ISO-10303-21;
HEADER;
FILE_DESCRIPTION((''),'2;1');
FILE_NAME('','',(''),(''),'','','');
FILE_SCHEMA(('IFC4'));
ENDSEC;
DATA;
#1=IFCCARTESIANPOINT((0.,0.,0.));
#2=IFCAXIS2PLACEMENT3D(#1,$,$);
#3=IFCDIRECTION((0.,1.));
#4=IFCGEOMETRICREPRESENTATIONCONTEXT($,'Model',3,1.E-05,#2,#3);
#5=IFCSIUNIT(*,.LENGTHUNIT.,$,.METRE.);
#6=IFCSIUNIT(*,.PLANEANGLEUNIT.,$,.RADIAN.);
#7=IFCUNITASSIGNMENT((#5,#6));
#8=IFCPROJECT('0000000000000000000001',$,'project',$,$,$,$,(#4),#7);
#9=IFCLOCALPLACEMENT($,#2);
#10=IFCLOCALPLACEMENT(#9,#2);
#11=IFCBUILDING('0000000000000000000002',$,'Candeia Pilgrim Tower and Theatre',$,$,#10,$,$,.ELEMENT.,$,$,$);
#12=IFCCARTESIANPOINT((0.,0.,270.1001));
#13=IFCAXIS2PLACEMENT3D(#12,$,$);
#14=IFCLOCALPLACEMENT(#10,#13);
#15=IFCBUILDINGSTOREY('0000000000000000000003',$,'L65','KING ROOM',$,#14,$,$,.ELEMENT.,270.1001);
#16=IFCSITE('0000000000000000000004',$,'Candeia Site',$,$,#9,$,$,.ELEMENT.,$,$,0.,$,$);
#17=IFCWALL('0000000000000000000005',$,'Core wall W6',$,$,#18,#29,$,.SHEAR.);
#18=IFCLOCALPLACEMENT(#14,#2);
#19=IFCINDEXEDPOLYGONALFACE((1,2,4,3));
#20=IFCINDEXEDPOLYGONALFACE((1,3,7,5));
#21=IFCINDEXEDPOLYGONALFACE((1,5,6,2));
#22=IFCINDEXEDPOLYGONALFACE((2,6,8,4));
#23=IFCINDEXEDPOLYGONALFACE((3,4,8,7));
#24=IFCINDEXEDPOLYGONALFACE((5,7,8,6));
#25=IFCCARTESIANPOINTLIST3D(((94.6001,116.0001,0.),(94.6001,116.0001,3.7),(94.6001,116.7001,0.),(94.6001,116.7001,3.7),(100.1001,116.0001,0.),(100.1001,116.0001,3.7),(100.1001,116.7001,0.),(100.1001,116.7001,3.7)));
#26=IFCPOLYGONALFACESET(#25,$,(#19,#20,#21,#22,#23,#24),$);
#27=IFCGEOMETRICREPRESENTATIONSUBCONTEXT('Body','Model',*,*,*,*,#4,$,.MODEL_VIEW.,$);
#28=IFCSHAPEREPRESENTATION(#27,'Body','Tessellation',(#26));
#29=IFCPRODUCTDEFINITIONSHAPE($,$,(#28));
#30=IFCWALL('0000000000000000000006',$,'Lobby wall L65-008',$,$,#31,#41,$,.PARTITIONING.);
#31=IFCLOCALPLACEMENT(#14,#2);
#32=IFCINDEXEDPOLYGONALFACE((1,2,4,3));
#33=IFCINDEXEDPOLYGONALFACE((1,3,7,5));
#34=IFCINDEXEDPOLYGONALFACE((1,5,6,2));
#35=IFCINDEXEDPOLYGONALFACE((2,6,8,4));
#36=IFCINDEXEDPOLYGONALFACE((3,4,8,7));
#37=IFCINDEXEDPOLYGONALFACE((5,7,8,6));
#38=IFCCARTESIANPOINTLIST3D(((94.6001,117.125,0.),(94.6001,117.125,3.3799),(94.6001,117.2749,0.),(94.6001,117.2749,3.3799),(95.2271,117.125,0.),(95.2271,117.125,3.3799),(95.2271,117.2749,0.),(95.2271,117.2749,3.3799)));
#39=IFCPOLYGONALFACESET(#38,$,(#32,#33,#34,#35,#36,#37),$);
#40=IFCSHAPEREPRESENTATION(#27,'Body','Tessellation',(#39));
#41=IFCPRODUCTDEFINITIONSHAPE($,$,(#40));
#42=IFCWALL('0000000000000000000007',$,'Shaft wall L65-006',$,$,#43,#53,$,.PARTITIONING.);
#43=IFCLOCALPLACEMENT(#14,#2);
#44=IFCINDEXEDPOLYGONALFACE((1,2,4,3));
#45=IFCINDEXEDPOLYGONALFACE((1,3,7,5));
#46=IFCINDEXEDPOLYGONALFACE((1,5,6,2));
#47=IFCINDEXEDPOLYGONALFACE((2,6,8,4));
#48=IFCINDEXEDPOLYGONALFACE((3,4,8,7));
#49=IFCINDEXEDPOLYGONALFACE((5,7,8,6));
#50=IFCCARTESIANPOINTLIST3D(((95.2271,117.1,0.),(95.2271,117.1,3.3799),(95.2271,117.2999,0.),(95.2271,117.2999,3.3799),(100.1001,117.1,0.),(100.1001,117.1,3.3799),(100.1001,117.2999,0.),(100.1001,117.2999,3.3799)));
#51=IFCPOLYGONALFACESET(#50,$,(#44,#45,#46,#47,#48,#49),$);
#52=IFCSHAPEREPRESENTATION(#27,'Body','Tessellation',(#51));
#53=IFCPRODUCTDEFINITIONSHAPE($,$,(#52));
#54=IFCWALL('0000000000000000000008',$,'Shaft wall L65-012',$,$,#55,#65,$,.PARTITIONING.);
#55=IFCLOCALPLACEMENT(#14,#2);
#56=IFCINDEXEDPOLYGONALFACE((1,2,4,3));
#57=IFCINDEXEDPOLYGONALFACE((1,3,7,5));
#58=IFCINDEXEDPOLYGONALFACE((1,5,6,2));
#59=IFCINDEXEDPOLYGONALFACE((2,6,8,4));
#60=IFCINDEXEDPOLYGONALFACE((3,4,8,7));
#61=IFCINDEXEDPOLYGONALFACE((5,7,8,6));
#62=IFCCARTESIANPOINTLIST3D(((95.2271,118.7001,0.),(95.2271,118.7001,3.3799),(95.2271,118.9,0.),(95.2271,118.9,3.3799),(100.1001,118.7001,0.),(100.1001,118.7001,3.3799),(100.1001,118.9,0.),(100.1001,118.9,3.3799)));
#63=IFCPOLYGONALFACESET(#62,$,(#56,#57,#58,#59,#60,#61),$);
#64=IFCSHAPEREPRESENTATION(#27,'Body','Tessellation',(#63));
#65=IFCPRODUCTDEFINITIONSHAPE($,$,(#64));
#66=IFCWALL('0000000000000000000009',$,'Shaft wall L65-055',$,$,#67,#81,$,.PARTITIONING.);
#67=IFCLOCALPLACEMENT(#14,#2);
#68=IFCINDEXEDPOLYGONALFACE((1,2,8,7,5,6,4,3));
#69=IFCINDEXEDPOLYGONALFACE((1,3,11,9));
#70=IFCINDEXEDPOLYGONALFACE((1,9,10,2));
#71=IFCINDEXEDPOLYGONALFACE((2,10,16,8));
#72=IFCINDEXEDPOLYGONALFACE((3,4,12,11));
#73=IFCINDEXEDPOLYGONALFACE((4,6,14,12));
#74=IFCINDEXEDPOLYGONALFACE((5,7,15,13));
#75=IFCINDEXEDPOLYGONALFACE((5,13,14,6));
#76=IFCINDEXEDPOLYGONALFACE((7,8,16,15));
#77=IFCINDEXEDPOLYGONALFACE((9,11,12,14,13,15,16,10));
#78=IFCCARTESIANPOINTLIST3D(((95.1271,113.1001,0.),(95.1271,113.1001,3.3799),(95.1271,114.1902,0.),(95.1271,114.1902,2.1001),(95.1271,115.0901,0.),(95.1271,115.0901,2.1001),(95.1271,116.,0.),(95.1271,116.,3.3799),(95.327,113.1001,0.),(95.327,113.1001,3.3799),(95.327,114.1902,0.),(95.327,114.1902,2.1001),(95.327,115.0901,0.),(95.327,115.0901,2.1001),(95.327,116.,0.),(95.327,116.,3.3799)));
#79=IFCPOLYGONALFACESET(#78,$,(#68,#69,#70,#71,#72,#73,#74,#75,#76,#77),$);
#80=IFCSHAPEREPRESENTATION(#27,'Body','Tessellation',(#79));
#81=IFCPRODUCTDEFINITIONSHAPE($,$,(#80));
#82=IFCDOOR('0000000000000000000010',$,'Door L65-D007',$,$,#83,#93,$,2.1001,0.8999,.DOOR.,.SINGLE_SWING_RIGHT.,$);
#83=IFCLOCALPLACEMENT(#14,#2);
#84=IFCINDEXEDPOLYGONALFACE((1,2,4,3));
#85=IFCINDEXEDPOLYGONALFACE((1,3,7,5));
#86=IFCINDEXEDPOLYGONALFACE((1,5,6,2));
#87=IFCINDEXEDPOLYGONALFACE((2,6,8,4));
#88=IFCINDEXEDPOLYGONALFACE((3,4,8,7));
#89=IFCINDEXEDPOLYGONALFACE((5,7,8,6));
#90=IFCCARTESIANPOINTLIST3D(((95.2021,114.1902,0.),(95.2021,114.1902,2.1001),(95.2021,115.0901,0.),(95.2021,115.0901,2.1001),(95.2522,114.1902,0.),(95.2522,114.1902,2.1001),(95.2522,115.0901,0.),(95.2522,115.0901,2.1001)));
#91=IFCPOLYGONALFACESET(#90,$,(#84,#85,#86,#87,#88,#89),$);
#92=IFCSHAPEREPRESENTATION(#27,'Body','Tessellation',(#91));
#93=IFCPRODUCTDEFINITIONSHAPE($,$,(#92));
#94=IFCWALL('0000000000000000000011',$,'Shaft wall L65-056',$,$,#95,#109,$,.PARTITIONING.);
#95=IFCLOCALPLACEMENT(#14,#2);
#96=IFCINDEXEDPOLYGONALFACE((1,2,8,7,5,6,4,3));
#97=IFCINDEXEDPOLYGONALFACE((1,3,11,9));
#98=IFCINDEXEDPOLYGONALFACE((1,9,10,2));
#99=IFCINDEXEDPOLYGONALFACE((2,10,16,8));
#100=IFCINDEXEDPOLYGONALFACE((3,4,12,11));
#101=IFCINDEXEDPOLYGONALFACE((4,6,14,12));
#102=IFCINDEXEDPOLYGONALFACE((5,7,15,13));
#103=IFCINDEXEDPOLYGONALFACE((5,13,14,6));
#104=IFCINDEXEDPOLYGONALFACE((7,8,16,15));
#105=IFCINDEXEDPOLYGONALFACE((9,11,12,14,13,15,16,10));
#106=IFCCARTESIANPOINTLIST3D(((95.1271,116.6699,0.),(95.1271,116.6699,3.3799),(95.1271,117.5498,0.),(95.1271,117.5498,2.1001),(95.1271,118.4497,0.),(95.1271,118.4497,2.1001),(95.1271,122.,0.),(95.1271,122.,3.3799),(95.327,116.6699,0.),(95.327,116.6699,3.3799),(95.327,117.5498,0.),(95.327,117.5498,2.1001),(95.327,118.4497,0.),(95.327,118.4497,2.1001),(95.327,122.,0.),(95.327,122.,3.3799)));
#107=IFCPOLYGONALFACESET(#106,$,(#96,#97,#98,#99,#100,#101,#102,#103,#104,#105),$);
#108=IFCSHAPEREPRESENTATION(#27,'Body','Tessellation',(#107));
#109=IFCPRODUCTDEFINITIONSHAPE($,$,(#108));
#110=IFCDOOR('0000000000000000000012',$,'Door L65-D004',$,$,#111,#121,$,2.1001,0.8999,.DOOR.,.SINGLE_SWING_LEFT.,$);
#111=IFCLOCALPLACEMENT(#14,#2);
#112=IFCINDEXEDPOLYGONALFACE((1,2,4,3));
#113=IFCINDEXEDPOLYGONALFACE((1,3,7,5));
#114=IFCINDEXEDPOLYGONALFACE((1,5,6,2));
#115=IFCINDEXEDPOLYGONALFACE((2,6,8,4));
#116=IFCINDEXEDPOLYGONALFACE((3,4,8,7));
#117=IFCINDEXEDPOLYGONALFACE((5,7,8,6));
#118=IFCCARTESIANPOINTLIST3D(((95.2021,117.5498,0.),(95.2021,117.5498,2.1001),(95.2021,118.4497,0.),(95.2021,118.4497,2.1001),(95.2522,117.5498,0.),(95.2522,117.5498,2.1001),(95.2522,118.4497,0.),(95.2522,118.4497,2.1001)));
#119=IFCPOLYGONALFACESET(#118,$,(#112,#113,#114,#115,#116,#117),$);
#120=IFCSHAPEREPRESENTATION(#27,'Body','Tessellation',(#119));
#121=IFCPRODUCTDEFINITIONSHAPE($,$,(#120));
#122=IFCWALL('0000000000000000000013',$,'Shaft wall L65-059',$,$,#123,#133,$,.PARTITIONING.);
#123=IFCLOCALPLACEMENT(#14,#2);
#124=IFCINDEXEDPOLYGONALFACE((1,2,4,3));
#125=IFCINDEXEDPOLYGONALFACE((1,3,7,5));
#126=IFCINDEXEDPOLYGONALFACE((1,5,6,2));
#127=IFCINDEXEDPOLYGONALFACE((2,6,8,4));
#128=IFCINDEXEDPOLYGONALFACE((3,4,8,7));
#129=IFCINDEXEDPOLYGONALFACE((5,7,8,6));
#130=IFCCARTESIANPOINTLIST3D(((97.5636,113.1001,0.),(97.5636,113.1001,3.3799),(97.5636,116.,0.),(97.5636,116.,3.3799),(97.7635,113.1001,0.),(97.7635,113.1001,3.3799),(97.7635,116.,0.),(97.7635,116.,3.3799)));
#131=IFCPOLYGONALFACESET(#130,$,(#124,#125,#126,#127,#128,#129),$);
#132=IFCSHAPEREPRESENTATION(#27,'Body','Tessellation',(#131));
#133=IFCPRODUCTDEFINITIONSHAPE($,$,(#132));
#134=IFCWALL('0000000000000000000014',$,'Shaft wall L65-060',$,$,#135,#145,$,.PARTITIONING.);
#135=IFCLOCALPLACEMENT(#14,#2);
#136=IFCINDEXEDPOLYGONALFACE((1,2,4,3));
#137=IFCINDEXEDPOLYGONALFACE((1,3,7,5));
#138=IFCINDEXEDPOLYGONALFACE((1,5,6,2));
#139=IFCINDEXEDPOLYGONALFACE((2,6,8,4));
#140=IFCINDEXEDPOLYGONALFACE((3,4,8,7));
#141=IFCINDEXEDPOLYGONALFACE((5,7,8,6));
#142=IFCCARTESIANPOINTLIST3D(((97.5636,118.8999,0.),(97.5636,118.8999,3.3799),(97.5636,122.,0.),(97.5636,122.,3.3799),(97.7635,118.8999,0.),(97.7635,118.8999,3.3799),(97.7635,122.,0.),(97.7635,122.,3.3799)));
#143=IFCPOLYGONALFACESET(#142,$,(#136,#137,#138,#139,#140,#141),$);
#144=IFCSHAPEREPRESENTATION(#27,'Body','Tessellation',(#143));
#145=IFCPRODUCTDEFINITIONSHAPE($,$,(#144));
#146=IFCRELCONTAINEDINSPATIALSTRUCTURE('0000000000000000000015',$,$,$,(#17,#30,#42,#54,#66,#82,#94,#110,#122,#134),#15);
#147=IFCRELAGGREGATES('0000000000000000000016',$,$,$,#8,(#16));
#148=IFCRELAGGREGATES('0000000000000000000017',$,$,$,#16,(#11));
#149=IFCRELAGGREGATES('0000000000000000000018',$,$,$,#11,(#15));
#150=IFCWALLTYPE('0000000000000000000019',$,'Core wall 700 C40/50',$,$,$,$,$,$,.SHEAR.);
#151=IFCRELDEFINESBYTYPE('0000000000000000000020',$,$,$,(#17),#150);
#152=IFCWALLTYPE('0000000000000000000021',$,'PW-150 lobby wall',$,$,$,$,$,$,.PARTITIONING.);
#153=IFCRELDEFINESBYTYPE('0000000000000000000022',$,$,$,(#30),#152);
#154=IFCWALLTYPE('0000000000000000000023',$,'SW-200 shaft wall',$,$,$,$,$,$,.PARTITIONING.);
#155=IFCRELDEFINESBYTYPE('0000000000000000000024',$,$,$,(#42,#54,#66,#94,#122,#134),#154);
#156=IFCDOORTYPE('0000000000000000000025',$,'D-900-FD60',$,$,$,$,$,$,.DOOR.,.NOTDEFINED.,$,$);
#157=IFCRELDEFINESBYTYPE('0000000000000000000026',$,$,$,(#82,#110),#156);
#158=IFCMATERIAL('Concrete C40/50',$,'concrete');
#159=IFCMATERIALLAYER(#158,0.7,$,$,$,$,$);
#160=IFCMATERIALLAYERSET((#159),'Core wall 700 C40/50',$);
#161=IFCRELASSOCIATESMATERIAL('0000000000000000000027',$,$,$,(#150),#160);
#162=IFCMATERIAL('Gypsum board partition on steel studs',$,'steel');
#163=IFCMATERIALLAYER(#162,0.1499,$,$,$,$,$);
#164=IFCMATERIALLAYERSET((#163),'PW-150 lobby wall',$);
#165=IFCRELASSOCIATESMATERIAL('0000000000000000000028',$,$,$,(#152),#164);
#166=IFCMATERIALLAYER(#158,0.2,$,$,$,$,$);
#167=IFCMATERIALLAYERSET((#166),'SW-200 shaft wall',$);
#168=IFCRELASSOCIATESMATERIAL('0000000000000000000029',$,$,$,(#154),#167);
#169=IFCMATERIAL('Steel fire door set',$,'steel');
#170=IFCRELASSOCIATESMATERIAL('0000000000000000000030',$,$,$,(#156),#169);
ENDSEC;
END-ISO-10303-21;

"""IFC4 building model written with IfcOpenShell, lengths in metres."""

from ifc_helpers import new_model, si_unit, direction, frame, frame_2d, origin, place, context, subcontext, project, spatial, rectangle, extrude, material, layer, layer_set, type_object, element, fill, save


model = new_model("IFC4")

# Units and contexts
model_context = context("Model", 3, precision=1e-05, world=origin(), true_north=direction((0.0, 1.0)))
body_context = subcontext(model_context, "Body", "Model", "MODEL_VIEW")
ifc_project = project(units=[si_unit("LENGTHUNIT", "METRE"), si_unit("PLANEANGLEUNIT", "RADIAN")], contexts=[model_context])

# Site, building, storey
site_placement = place(None, origin())
site = spatial("IfcSite", under=ifc_project, at=site_placement, Name="Candeia Site", CompositionType="ELEMENT", RefElevation=0.0)
building_placement = place(site_placement, origin())
building = spatial("IfcBuilding", under=site, at=building_placement, Name="Candeia Pilgrim Tower and Theatre", CompositionType="ELEMENT")
storey_placement = place(building_placement, frame((0.0, 0.0, 270.1001)))
storey = spatial("IfcBuildingStorey", under=building, at=storey_placement, Name="L65", Description="KING ROOM", CompositionType="ELEMENT", Elevation=270.1001)

# Walls
ifc_material_1 = material(Name="Concrete C40/50", Category="concrete")
ifc_layer_1 = layer(ifc_material_1, 0.7)
ifc_layer_set_1 = layer_set([ifc_layer_1], Name="Core wall 700 C40/50")
wall_type_1 = type_object("IfcWallType", Name="Core wall 700 C40/50", PredefinedType="SHEAR", material=ifc_layer_set_1)
wall_1_placement = place(storey_placement, frame((94.6001, 116.3501, 0.0), z_axis=(0.0, 0.0, 1.0), x_axis=(1.0, 0.0, 0.0)))
element("IfcWall", 1, at=wall_1_placement, inside=storey, type_object=wall_type_1, Name="Core wall W6", PredefinedType="SHEAR", context=body_context, shape_type="SweptSolid", body=[
    extrude(rectangle(XDim=5.5, YDim=0.7, at=frame_2d((2.75, 0.0))), origin(), (0.0, 0.0, 1.0), 3.7),
])
ifc_material_2 = material(Name="Gypsum board partition on steel studs", Category="steel")
ifc_layer_2 = layer(ifc_material_2, 0.1499)
ifc_layer_set_2 = layer_set([ifc_layer_2], Name="PW-150 lobby wall")
wall_type_2 = type_object("IfcWallType", Name="PW-150 lobby wall", PredefinedType="PARTITIONING", material=ifc_layer_set_2)
wall_2_placement = place(storey_placement, frame((94.6001, 117.2, 0.0), z_axis=(0.0, 0.0, 1.0), x_axis=(1.0, 0.0, 0.0)))
element("IfcWall", 2, at=wall_2_placement, inside=storey, type_object=wall_type_2, Name="Lobby wall L65-008", PredefinedType="PARTITIONING", context=body_context, shape_type="SweptSolid", body=[
    extrude(rectangle(XDim=0.627, YDim=0.1499, at=frame_2d((0.3135, 0.0))), origin(), (0.0, 0.0, 1.0), 3.3799),
])
ifc_layer_3 = layer(ifc_material_1, 0.2)
ifc_layer_set_3 = layer_set([ifc_layer_3], Name="SW-200 shaft wall")
wall_type_3 = type_object("IfcWallType", Name="SW-200 shaft wall", PredefinedType="PARTITIONING", material=ifc_layer_set_3)
for number, where, z_axis, x_axis, name in (
    (3, (95.2271, 117.2, 0.0), (0.0, 0.0, 1.0), (1.0, 0.0, 0.0), "Shaft wall L65-006"),
    (4, (95.2271, 118.8, 0.0), (0.0, 0.0, 1.0), (1.0, 0.0, 0.0), "Shaft wall L65-012"),
):
    element("IfcWall", number, at=place(storey_placement, frame(where, z_axis=z_axis, x_axis=x_axis)), inside=storey, type_object=wall_type_3, Name=name, PredefinedType="PARTITIONING", context=body_context, shape_type="SweptSolid", body=[
        extrude(rectangle(XDim=4.873, YDim=0.2, at=frame_2d((2.4365, 0.0))), origin(), (0.0, 0.0, 1.0), 3.3799),
    ])

# Walls, openings, doors
wall_3_placement = place(storey_placement, frame((95.2271, 113.1001, 0.0), z_axis=(0.0, 0.0, 1.0), x_axis=(0.0, 1.0, 0.0)))
wall_3 = element("IfcWall", 5, at=wall_3_placement, inside=storey, type_object=wall_type_3, Name="Shaft wall L65-055", PredefinedType="PARTITIONING", context=body_context, shape_type="SweptSolid", body=[
    extrude(rectangle(XDim=2.8999, YDim=0.2, at=frame_2d((1.45, 0.0))), origin(), (0.0, 0.0, 1.0), 3.3799),
])
opening_1_placement = place(wall_3_placement, frame((1.0901, 0.0, 0.0)))
opening_1 = element("IfcOpeningElement", 6, at=opening_1_placement, cuts=wall_3, PredefinedType="OPENING", context=body_context, shape_type="SweptSolid", body=[
    extrude(rectangle(XDim=0.8999, YDim=2.1001, at=frame_2d((0.45, 1.05))), frame((0.0, 0.1099, 0.0), z_axis=(0.0, -1.0, 0.0), x_axis=(1.0, 0.0, 0.0)), (0.0, 0.0, 1.0), 0.22),
])
ifc_material_3 = material(Name="Steel fire door set", Category="steel")
door_type = type_object("IfcDoorType", Name="D-900-FD60", OperationType="NOTDEFINED", PredefinedType="DOOR", material=ifc_material_3)
door_1_placement = place(opening_1_placement, origin())
door_1 = element("IfcDoor", 7, at=door_1_placement, inside=storey, type_object=door_type, Name="Door L65-D007", OperationType="SINGLE_SWING_RIGHT", OverallHeight=2.1001, OverallWidth=0.8999, PredefinedType="DOOR", context=body_context, shape_type="SweptSolid", body=[
    extrude(rectangle(XDim=0.8999, YDim=2.1001, at=frame_2d((0.45, 1.05))), frame((0.0, 0.0249, 0.0), z_axis=(0.0, -1.0, 0.0), x_axis=(1.0, 0.0, 0.0)), (0.0, 0.0, 1.0), 0.05),
])
fill(opening_1, door_1)
wall_4_placement = place(storey_placement, frame((95.2271, 116.6699, 0.0), z_axis=(0.0, 0.0, 1.0), x_axis=(0.0, 1.0, 0.0)))
wall_4 = element("IfcWall", 8, at=wall_4_placement, inside=storey, type_object=wall_type_3, Name="Shaft wall L65-056", PredefinedType="PARTITIONING", context=body_context, shape_type="SweptSolid", body=[
    extrude(rectangle(XDim=5.3301, YDim=0.2, at=frame_2d((2.665, 0.0))), origin(), (0.0, 0.0, 1.0), 3.3799),
])
opening_2_placement = place(wall_4_placement, frame((0.8799, 0.0, 0.0)))
opening_2 = element("IfcOpeningElement", 9, at=opening_2_placement, cuts=wall_4, PredefinedType="OPENING", context=body_context, shape_type="SweptSolid", body=[
    extrude(rectangle(XDim=0.8999, YDim=2.1001, at=frame_2d((0.45, 1.05))), frame((0.0, 0.1099, 0.0), z_axis=(0.0, -1.0, 0.0), x_axis=(1.0, 0.0, 0.0)), (0.0, 0.0, 1.0), 0.22),
])
door_2_placement = place(opening_2_placement, origin())
door_2 = element("IfcDoor", 10, at=door_2_placement, inside=storey, type_object=door_type, Name="Door L65-D004", OperationType="SINGLE_SWING_LEFT", OverallHeight=2.1001, OverallWidth=0.8999, PredefinedType="DOOR", context=body_context, shape_type="SweptSolid", body=[
    extrude(rectangle(XDim=0.8999, YDim=2.1001, at=frame_2d((0.45, 1.05))), frame((0.0, 0.0249, 0.0), z_axis=(0.0, -1.0, 0.0), x_axis=(1.0, 0.0, 0.0)), (0.0, 0.0, 1.0), 0.05),
])
fill(opening_2, door_2)

# Walls
wall_5_placement = place(storey_placement, frame((97.6636, 113.1001, 0.0), z_axis=(0.0, 0.0, 1.0), x_axis=(0.0, 1.0, 0.0)))
element("IfcWall", 11, at=wall_5_placement, inside=storey, type_object=wall_type_3, Name="Shaft wall L65-059", PredefinedType="PARTITIONING", context=body_context, shape_type="SweptSolid", body=[
    extrude(rectangle(XDim=2.8999, YDim=0.2, at=frame_2d((1.45, 0.0))), origin(), (0.0, 0.0, 1.0), 3.3799),
])
wall_6_placement = place(storey_placement, frame((97.6636, 118.8999, 0.0), z_axis=(0.0, 0.0, 1.0), x_axis=(0.0, 1.0, 0.0)))
element("IfcWall", 12, at=wall_6_placement, inside=storey, type_object=wall_type_3, Name="Shaft wall L65-060", PredefinedType="PARTITIONING", context=body_context, shape_type="SweptSolid", body=[
    extrude(rectangle(XDim=3.1001, YDim=0.2, at=frame_2d((1.55, 0.0))), origin(), (0.0, 0.0, 1.0), 3.3799),
])

save(model, "model.ifc")
